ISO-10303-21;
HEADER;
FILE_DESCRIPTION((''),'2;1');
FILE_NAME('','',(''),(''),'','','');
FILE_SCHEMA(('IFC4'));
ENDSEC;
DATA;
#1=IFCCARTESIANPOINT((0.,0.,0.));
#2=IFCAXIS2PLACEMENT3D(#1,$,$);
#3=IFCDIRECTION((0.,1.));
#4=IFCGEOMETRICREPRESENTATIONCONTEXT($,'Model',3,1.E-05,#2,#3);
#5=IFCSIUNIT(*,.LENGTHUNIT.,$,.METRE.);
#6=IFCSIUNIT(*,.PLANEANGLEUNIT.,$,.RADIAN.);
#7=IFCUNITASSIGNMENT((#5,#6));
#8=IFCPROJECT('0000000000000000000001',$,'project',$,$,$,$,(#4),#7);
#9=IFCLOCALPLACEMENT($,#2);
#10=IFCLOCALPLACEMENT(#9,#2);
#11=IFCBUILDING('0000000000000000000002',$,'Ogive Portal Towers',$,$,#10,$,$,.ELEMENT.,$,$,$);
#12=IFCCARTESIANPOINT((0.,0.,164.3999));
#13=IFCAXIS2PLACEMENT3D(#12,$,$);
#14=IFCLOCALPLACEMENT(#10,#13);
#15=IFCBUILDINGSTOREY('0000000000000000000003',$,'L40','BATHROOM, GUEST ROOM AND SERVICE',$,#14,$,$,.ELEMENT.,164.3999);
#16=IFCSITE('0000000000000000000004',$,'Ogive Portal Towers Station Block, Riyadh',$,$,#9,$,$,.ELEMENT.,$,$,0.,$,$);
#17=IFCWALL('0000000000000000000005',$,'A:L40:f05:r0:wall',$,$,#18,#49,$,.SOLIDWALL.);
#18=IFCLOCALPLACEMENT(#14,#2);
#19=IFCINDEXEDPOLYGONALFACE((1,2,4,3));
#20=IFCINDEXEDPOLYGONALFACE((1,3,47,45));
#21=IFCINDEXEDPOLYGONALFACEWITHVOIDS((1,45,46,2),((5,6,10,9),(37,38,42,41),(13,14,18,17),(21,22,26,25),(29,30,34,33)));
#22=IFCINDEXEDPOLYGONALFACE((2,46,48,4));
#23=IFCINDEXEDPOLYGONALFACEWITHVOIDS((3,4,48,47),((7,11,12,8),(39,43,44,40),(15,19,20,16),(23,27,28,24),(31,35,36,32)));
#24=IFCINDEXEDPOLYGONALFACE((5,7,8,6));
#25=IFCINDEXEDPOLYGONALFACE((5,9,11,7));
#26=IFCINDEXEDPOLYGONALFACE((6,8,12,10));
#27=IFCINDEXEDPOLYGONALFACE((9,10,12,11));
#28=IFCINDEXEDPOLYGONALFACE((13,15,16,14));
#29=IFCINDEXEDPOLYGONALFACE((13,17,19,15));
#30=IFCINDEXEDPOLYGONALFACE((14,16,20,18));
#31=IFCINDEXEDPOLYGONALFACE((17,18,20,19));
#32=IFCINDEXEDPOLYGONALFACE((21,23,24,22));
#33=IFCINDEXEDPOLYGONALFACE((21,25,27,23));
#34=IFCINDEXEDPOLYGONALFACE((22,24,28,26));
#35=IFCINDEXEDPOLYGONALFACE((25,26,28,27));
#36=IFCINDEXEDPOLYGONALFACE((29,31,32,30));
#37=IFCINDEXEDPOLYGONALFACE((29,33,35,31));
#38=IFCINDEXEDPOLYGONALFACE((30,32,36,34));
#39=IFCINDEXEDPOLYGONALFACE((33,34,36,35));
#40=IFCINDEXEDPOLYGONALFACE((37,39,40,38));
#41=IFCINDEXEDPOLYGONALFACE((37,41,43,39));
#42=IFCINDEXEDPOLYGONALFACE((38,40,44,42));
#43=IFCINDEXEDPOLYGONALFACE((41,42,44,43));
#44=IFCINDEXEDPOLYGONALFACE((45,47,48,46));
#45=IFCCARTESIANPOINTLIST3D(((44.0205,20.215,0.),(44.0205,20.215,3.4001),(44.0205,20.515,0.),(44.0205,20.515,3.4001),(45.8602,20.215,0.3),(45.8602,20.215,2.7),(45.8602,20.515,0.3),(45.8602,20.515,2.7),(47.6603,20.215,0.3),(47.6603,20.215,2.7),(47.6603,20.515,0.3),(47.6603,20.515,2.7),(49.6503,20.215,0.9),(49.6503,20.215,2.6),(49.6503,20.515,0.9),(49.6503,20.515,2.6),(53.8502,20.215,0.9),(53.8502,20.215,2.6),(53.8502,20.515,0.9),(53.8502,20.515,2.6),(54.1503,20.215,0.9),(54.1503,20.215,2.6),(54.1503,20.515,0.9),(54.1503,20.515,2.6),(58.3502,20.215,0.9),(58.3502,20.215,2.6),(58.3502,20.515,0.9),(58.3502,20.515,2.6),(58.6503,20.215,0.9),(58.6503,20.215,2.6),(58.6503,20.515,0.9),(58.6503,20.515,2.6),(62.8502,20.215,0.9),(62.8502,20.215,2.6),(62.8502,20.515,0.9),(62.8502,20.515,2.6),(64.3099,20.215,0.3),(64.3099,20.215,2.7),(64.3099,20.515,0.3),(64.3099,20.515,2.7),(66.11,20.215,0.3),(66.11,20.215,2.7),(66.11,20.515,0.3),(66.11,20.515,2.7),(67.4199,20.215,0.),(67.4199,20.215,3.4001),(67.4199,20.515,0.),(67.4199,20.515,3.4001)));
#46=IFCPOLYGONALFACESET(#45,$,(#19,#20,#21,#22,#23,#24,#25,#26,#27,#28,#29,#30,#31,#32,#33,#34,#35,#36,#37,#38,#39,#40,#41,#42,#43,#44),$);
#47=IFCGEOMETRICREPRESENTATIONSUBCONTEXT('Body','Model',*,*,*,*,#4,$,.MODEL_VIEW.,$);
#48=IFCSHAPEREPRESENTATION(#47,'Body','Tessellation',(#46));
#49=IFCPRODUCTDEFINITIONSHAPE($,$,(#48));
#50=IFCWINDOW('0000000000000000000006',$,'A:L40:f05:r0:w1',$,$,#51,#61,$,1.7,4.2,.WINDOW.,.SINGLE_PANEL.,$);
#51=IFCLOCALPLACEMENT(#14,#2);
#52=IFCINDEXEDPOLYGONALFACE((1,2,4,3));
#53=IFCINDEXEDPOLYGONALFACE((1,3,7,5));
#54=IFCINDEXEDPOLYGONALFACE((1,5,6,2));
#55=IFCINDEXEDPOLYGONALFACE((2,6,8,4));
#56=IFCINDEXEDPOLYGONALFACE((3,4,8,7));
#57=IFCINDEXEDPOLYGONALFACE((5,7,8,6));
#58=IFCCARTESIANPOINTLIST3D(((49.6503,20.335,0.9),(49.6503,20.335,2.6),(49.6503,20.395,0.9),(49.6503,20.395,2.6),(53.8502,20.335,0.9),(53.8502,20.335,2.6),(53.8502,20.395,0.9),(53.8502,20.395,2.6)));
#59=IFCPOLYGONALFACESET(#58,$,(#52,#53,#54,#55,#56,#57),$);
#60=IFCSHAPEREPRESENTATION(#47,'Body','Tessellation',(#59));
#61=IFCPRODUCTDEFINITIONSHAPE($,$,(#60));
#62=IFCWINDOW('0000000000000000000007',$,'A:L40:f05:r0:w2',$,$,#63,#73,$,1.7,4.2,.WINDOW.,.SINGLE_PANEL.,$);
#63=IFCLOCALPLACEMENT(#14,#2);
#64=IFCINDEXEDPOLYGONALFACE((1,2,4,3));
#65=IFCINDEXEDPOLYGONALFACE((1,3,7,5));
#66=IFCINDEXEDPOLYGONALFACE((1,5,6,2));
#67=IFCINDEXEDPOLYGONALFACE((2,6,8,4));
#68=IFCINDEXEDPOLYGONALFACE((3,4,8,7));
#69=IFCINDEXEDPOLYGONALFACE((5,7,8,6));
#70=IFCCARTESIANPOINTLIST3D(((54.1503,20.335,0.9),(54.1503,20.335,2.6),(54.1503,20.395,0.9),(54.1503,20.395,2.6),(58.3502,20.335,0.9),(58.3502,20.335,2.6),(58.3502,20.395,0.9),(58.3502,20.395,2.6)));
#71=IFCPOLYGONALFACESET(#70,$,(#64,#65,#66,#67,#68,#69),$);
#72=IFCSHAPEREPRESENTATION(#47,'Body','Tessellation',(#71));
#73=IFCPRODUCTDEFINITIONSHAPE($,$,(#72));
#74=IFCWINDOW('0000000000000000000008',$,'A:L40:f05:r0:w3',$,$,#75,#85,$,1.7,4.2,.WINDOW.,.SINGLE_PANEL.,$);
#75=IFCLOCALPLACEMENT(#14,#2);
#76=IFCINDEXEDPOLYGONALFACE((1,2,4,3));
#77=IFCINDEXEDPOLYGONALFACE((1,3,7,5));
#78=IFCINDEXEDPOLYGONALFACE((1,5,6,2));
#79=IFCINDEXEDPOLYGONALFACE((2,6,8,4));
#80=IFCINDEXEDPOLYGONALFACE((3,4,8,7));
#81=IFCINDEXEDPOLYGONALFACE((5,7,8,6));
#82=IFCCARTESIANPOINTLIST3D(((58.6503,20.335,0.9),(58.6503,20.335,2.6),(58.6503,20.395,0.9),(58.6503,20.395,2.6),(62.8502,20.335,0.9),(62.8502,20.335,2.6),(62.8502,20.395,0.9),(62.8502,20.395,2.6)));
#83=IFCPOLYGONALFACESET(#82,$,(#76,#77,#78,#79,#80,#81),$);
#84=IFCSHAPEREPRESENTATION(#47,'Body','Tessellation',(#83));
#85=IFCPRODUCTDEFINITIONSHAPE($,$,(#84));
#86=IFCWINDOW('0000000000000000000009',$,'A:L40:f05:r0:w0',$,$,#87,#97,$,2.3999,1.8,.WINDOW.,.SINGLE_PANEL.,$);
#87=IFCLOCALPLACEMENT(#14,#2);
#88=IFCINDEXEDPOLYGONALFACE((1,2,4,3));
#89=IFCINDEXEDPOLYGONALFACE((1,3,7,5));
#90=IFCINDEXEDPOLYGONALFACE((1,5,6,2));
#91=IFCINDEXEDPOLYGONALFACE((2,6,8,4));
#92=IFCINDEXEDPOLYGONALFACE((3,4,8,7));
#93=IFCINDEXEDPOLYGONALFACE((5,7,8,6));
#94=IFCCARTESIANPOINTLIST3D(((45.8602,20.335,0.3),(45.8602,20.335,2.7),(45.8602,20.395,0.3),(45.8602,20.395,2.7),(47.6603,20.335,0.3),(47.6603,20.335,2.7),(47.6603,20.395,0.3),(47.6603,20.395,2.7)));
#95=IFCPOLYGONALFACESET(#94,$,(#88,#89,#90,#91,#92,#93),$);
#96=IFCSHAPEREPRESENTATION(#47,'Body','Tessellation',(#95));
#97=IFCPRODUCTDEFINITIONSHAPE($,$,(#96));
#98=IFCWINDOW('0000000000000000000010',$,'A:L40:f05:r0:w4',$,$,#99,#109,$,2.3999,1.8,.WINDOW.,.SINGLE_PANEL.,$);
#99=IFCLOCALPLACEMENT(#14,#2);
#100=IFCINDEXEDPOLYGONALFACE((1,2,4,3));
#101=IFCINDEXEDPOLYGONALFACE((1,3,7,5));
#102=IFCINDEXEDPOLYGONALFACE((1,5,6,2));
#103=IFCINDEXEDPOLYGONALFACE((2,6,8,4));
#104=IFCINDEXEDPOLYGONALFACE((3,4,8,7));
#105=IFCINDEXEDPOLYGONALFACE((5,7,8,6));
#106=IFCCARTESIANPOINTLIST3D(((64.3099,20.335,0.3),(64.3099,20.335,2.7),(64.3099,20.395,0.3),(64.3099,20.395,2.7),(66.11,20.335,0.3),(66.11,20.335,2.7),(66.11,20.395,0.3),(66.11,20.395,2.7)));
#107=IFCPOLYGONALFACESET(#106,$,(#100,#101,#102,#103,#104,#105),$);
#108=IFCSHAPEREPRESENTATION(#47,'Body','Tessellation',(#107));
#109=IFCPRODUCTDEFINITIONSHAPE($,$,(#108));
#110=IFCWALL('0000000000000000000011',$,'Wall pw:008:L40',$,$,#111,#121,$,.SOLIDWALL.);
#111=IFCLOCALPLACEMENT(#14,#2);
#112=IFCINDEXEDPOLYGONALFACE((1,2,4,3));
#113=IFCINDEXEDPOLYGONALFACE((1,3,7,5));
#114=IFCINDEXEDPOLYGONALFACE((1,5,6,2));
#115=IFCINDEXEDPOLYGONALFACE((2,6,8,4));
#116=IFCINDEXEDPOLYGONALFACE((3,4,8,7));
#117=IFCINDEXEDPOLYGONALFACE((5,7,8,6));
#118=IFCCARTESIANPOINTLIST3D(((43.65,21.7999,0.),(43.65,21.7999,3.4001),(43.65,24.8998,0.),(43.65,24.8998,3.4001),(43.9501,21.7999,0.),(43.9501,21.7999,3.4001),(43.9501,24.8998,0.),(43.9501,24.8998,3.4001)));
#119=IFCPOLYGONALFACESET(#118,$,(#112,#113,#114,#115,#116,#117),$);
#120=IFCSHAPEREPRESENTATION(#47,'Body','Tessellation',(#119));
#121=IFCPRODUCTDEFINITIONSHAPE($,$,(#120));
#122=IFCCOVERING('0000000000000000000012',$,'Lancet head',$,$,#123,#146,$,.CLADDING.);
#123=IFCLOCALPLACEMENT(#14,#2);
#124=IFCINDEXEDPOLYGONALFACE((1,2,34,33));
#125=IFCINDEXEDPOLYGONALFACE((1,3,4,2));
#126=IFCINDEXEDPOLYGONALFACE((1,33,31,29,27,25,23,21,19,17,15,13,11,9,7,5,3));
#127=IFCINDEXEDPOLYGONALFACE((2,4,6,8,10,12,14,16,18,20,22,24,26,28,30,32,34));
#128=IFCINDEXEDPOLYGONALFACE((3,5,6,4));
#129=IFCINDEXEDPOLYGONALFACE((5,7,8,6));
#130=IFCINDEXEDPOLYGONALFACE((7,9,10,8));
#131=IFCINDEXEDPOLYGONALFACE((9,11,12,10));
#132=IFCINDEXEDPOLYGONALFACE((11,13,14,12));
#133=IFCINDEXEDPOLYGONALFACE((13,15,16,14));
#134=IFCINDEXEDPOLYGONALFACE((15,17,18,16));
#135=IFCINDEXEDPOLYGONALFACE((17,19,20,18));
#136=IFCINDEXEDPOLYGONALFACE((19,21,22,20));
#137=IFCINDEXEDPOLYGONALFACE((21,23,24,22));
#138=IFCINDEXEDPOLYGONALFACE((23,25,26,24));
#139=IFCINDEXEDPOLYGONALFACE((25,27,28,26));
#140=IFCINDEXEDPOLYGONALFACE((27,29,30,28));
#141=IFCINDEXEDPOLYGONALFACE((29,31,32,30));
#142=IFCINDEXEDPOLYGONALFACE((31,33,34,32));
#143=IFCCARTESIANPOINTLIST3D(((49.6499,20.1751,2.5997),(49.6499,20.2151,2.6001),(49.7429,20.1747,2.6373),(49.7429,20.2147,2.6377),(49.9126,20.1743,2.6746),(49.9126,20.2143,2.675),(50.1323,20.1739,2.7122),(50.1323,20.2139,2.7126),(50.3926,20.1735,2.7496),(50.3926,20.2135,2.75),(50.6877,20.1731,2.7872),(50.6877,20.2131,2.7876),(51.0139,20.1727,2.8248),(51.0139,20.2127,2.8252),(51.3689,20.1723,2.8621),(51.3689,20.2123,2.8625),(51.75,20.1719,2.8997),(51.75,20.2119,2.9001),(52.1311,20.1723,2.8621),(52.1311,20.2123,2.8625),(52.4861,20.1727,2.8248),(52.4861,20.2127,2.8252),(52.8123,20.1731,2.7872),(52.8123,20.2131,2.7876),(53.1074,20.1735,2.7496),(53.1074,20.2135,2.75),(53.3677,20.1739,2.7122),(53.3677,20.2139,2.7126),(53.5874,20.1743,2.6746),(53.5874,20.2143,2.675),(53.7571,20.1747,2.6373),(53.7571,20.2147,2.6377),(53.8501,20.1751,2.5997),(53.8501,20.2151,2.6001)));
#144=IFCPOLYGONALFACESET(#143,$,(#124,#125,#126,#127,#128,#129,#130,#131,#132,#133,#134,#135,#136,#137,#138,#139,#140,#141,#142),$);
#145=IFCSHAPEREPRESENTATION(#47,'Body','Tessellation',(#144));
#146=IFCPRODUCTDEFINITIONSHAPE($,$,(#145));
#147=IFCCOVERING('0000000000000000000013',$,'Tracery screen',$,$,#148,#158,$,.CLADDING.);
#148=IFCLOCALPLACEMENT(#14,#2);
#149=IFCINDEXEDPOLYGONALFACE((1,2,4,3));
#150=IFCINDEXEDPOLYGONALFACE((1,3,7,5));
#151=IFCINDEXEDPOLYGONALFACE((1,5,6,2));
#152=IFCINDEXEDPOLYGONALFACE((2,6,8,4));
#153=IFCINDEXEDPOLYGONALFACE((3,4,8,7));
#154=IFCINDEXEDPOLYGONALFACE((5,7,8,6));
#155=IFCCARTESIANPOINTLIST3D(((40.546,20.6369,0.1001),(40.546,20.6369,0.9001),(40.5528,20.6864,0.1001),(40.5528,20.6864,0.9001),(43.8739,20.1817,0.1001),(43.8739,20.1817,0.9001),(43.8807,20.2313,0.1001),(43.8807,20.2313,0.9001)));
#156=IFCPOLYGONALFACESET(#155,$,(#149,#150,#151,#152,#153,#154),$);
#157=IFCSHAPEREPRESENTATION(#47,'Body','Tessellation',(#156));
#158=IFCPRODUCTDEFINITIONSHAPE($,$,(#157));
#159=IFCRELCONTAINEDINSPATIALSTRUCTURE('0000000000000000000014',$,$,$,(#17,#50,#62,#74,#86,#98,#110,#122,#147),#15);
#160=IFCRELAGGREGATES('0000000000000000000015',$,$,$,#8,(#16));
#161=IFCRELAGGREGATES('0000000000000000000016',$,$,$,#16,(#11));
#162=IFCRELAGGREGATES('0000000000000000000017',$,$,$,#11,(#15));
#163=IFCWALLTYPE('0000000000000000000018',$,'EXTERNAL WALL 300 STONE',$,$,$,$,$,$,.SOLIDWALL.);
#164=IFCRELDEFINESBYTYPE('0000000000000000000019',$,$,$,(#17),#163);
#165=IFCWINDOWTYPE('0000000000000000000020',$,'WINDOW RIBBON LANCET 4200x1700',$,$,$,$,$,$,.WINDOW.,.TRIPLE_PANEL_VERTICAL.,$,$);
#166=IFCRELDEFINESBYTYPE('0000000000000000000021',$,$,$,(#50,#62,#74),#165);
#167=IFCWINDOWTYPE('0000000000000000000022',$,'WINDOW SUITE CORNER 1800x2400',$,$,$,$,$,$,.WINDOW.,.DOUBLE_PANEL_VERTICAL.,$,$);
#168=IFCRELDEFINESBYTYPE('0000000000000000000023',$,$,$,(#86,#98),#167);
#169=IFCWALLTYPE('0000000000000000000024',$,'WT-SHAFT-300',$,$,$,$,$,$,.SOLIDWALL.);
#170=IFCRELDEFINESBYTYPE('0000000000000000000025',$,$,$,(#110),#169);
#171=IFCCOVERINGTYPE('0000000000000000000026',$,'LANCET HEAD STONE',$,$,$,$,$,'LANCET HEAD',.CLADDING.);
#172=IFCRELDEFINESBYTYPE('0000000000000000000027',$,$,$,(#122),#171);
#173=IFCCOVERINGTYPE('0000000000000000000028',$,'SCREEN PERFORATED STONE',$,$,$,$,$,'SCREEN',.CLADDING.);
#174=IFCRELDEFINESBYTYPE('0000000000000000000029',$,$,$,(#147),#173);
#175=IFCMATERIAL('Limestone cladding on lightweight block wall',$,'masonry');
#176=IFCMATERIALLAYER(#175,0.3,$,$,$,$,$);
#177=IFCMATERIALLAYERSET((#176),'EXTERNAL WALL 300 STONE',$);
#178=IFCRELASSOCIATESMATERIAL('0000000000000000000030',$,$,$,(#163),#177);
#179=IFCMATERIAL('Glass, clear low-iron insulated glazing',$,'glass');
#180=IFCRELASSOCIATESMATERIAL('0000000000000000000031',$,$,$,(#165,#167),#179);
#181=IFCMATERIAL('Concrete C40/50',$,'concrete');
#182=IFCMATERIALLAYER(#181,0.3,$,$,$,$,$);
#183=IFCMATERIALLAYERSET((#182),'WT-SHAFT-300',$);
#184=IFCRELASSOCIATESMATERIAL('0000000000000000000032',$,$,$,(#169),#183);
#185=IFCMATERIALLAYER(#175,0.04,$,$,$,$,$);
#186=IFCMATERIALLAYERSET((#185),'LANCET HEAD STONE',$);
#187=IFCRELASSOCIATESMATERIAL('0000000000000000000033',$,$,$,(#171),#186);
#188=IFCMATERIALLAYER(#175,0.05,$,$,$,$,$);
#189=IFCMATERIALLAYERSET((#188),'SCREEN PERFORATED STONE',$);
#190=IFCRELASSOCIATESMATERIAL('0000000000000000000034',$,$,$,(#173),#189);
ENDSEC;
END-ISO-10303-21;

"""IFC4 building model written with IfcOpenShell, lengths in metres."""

from ifc_helpers import new_model, si_unit, direction, frame, frame_2d, origin, origin_2d, place, context, subcontext, project, spatial, polyline, rectangle, outline, extrude, material, layer, layer_set, type_object, element, fill, save


model = new_model("IFC4")

# Units and contexts
model_context = context("Model", 3, precision=1e-05, world=origin(), true_north=direction((0.0, 1.0)))
body_context = subcontext(model_context, "Body", "Model", "MODEL_VIEW")
ifc_project = project(units=[si_unit("LENGTHUNIT", "METRE"), si_unit("PLANEANGLEUNIT", "RADIAN")], contexts=[model_context])

# Site, building, storey
site_placement = place(None, origin())
site = spatial("IfcSite", under=ifc_project, at=site_placement, Name="Ogive Portal Towers Station Block, Riyadh", CompositionType="ELEMENT", RefElevation=0.0)
building_placement = place(site_placement, origin())
building = spatial("IfcBuilding", under=site, at=building_placement, Name="Ogive Portal Towers", CompositionType="ELEMENT")
storey_placement = place(building_placement, frame((0.0, 0.0, 164.3999)))
storey = spatial("IfcBuildingStorey", under=building, at=storey_placement, Name="L40", Description="BATHROOM, GUEST ROOM AND SERVICE", CompositionType="ELEMENT", Elevation=164.3999)

# Shared definitions
ifc_material_1 = material(Name="Limestone cladding on lightweight block wall", Category="masonry")
ifc_layer_1 = layer(ifc_material_1, 0.3)
ifc_layer_set_1 = layer_set([ifc_layer_1], Name="EXTERNAL WALL 300 STONE")
wall_type_1 = type_object("IfcWallType", Name="EXTERNAL WALL 300 STONE", PredefinedType="SOLIDWALL", material=ifc_layer_set_1)
ifc_material_2 = material(Name="Glass, clear low-iron insulated glazing", Category="glass")

# Wall, openings, windows
wall_1_placement = place(storey_placement, frame((44.0205, 20.365, 0.0), z_axis=(0.0, 0.0, 1.0), x_axis=(1.0, 0.0, 0.0)))
wall_1 = element("IfcWall", 1, at=wall_1_placement, inside=storey, type_object=wall_type_1, Name="A:L40:f05:r0:wall", PredefinedType="SOLIDWALL", context=body_context, shape_type="SweptSolid", body=[
    extrude(rectangle(XDim=23.3994, YDim=0.3, at=frame_2d((11.6997, 0.0))), origin(), (0.0, 0.0, 1.0), 3.4001),
])
opening_1_placement = place(wall_1_placement, frame((1.8398, 0.0, 0.3)))
opening_1 = element("IfcOpeningElement", 2, at=opening_1_placement, cuts=wall_1, PredefinedType="OPENING", context=body_context, shape_type="SweptSolid", body=[
    extrude(rectangle(XDim=1.8, YDim=2.3999, at=frame_2d((0.8999, 1.2))), frame((0.0, 0.1602, 0.0), z_axis=(0.0, -1.0, 0.0), x_axis=(1.0, 0.0, 0.0)), (0.0, 0.0, 1.0), 0.3201),
])
opening_2_placement = place(wall_1_placement, frame((5.6296, 0.0, 0.8999)))
opening_2 = element("IfcOpeningElement", 3, at=opening_2_placement, cuts=wall_1, PredefinedType="OPENING", context=body_context, shape_type="SweptSolid", body=[
    extrude(rectangle(XDim=4.2, YDim=1.7, at=frame_2d((2.1001, 0.8501))), frame((0.0, 0.1602, 0.0), z_axis=(0.0, -1.0, 0.0), x_axis=(1.0, 0.0, 0.0)), (0.0, 0.0, 1.0), 0.3201),
])
opening_3_placement = place(wall_1_placement, frame((10.1296, 0.0, 0.8999)))
opening_3 = element("IfcOpeningElement", 4, at=opening_3_placement, cuts=wall_1, PredefinedType="OPENING", context=body_context, shape_type="SweptSolid", body=[
    extrude(rectangle(XDim=4.2, YDim=1.7, at=frame_2d((2.1001, 0.8501))), frame((0.0, 0.1602, 0.0), z_axis=(0.0, -1.0, 0.0), x_axis=(1.0, 0.0, 0.0)), (0.0, 0.0, 1.0), 0.3201),
])
opening_4_placement = place(wall_1_placement, frame((14.6296, 0.0, 0.8999)))
opening_4 = element("IfcOpeningElement", 5, at=opening_4_placement, cuts=wall_1, PredefinedType="OPENING", context=body_context, shape_type="SweptSolid", body=[
    extrude(rectangle(XDim=4.2, YDim=1.7, at=frame_2d((2.1001, 0.8501))), frame((0.0, 0.1602, 0.0), z_axis=(0.0, -1.0, 0.0), x_axis=(1.0, 0.0, 0.0)), (0.0, 0.0, 1.0), 0.3201),
])
opening_5_placement = place(wall_1_placement, frame((20.2896, 0.0, 0.3)))
opening_5 = element("IfcOpeningElement", 6, at=opening_5_placement, cuts=wall_1, PredefinedType="OPENING", context=body_context, shape_type="SweptSolid", body=[
    extrude(rectangle(XDim=1.8, YDim=2.3999, at=frame_2d((0.8999, 1.2))), frame((0.0, 0.1602, 0.0), z_axis=(0.0, -1.0, 0.0), x_axis=(1.0, 0.0, 0.0)), (0.0, 0.0, 1.0), 0.3201),
])
window_type_1 = type_object("IfcWindowType", Name="WINDOW RIBBON LANCET 4200x1700", PartitioningType="TRIPLE_PANEL_VERTICAL", PredefinedType="WINDOW", material=ifc_material_2)
window_1_placement = place(opening_2_placement, origin())
window_1 = element("IfcWindow", 7, at=window_1_placement, inside=storey, type_object=window_type_1, Name="A:L40:f05:r0:w1", OverallHeight=1.7, OverallWidth=4.2, PartitioningType="SINGLE_PANEL", PredefinedType="WINDOW", context=body_context, shape_type="SweptSolid", body=[
    extrude(rectangle(XDim=4.2, YDim=1.7, at=frame_2d((2.1001, 0.8501))), frame((0.0, 0.03, 0.0), z_axis=(0.0, -1.0, 0.0), x_axis=(1.0, 0.0, 0.0)), (0.0, 0.0, 1.0), 0.0601),
])
fill(opening_2, window_1)
window_2_placement = place(opening_3_placement, origin())
window_2 = element("IfcWindow", 8, at=window_2_placement, inside=storey, type_object=window_type_1, Name="A:L40:f05:r0:w2", OverallHeight=1.7, OverallWidth=4.2, PartitioningType="SINGLE_PANEL", PredefinedType="WINDOW", context=body_context, shape_type="SweptSolid", body=[
    extrude(rectangle(XDim=4.2, YDim=1.7, at=frame_2d((2.1001, 0.8501))), frame((0.0, 0.03, 0.0), z_axis=(0.0, -1.0, 0.0), x_axis=(1.0, 0.0, 0.0)), (0.0, 0.0, 1.0), 0.0601),
])
fill(opening_3, window_2)
window_3_placement = place(opening_4_placement, origin())
window_3 = element("IfcWindow", 9, at=window_3_placement, inside=storey, type_object=window_type_1, Name="A:L40:f05:r0:w3", OverallHeight=1.7, OverallWidth=4.2, PartitioningType="SINGLE_PANEL", PredefinedType="WINDOW", context=body_context, shape_type="SweptSolid", body=[
    extrude(rectangle(XDim=4.2, YDim=1.7, at=frame_2d((2.1001, 0.8501))), frame((0.0, 0.03, 0.0), z_axis=(0.0, -1.0, 0.0), x_axis=(1.0, 0.0, 0.0)), (0.0, 0.0, 1.0), 0.0601),
])
fill(opening_4, window_3)
window_type_2 = type_object("IfcWindowType", Name="WINDOW SUITE CORNER 1800x2400", PartitioningType="DOUBLE_PANEL_VERTICAL", PredefinedType="WINDOW", material=ifc_material_2)
window_4_placement = place(opening_1_placement, origin())
window_4 = element("IfcWindow", 10, at=window_4_placement, inside=storey, type_object=window_type_2, Name="A:L40:f05:r0:w0", OverallHeight=2.3999, OverallWidth=1.8, PartitioningType="SINGLE_PANEL", PredefinedType="WINDOW", context=body_context, shape_type="SweptSolid", body=[
    extrude(rectangle(XDim=1.8, YDim=2.3999, at=frame_2d((0.8999, 1.2))), frame((0.0, 0.03, 0.0), z_axis=(0.0, -1.0, 0.0), x_axis=(1.0, 0.0, 0.0)), (0.0, 0.0, 1.0), 0.0601),
])
fill(opening_1, window_4)
window_5_placement = place(opening_5_placement, origin())
window_5 = element("IfcWindow", 11, at=window_5_placement, inside=storey, type_object=window_type_2, Name="A:L40:f05:r0:w4", OverallHeight=2.3999, OverallWidth=1.8, PartitioningType="SINGLE_PANEL", PredefinedType="WINDOW", context=body_context, shape_type="SweptSolid", body=[
    extrude(rectangle(XDim=1.8, YDim=2.3999, at=frame_2d((0.8999, 1.2))), frame((0.0, 0.03, 0.0), z_axis=(0.0, -1.0, 0.0), x_axis=(1.0, 0.0, 0.0)), (0.0, 0.0, 1.0), 0.0601),
])
fill(opening_5, window_5)

# Wall
ifc_material_3 = material(Name="Concrete C40/50", Category="concrete")
ifc_layer_2 = layer(ifc_material_3, 0.3)
ifc_layer_set_2 = layer_set([ifc_layer_2], Name="WT-SHAFT-300")
wall_type_2 = type_object("IfcWallType", Name="WT-SHAFT-300", PredefinedType="SOLIDWALL", material=ifc_layer_set_2)
wall_2_placement = place(storey_placement, frame((43.8, 21.8, 0.0), z_axis=(0.0, 0.0, 1.0), x_axis=(0.0, 1.0, 0.0)))
element("IfcWall", 12, at=wall_2_placement, inside=storey, type_object=wall_type_2, Name="Wall pw:008:L40", PredefinedType="SOLIDWALL", context=body_context, shape_type="SweptSolid", body=[
    extrude(rectangle(XDim=3.0999, YDim=0.3, at=frame_2d((1.5498, 0.0))), origin(), (0.0, 0.0, 1.0), 3.4001),
])

# Coverings
ifc_layer_3 = layer(ifc_material_1, 0.04)
ifc_layer_set_3 = layer_set([ifc_layer_3], Name="LANCET HEAD STONE")
covering_type_1 = type_object("IfcCoveringType", Name="LANCET HEAD STONE", ElementType="LANCET HEAD", PredefinedType="CLADDING", material=ifc_layer_set_3)
covering_1_placement = place(storey_placement, frame((49.6499, 20.2151, 2.6001), z_axis=(0.0, 0.999944, 0.010629), x_axis=(1.0, 0.0, 0.0)))
element("IfcCovering", 13, at=covering_1_placement, inside=storey, type_object=covering_type_1, Name="Lancet head", PredefinedType="CLADDING", context=body_context, shape_type="SweptSolid", body=[
    extrude(outline(polyline([(0.0, 0.0), (4.2002, 0.0), (4.1072, -0.0376), (3.9375, -0.075), (3.7178, -0.1126), (3.4575, -0.1499), (3.1624, -0.1875), (2.8362, -0.2251), (2.4812, -0.2625), (2.1001, -0.3001), (1.719, -0.2625), (1.364, -0.2251), (1.0378, -0.1875), (0.7427, -0.1499), (0.4824, -0.1126), (0.2627, -0.075), (0.093, -0.0376), (0.0, 0.0)])), origin(), (0.0, 0.0, -1.0), 0.04),
])
ifc_layer_4 = layer(ifc_material_1, 0.05)
ifc_layer_set_4 = layer_set([ifc_layer_4], Name="SCREEN PERFORATED STONE")
covering_type_2 = type_object("IfcCoveringType", Name="SCREEN PERFORATED STONE", ElementType="SCREEN", PredefinedType="CLADDING", material=ifc_layer_set_4)
covering_2_placement = place(storey_placement, frame((42.2134, 20.4341, 0.1001), z_axis=(0.0, 0.0, 1.0), x_axis=(0.990777, -0.1355, 0.0)))
element("IfcCovering", 14, at=covering_2_placement, inside=storey, type_object=covering_type_2, Name="Tracery screen", PredefinedType="CLADDING", context=body_context, shape_type="SweptSolid", body=[
    extrude(rectangle(XDim=3.3589, YDim=0.05, at=origin_2d()), origin(), (0.0, 0.0, 1.0), 0.8),
])

save(model, "model.ifc")
